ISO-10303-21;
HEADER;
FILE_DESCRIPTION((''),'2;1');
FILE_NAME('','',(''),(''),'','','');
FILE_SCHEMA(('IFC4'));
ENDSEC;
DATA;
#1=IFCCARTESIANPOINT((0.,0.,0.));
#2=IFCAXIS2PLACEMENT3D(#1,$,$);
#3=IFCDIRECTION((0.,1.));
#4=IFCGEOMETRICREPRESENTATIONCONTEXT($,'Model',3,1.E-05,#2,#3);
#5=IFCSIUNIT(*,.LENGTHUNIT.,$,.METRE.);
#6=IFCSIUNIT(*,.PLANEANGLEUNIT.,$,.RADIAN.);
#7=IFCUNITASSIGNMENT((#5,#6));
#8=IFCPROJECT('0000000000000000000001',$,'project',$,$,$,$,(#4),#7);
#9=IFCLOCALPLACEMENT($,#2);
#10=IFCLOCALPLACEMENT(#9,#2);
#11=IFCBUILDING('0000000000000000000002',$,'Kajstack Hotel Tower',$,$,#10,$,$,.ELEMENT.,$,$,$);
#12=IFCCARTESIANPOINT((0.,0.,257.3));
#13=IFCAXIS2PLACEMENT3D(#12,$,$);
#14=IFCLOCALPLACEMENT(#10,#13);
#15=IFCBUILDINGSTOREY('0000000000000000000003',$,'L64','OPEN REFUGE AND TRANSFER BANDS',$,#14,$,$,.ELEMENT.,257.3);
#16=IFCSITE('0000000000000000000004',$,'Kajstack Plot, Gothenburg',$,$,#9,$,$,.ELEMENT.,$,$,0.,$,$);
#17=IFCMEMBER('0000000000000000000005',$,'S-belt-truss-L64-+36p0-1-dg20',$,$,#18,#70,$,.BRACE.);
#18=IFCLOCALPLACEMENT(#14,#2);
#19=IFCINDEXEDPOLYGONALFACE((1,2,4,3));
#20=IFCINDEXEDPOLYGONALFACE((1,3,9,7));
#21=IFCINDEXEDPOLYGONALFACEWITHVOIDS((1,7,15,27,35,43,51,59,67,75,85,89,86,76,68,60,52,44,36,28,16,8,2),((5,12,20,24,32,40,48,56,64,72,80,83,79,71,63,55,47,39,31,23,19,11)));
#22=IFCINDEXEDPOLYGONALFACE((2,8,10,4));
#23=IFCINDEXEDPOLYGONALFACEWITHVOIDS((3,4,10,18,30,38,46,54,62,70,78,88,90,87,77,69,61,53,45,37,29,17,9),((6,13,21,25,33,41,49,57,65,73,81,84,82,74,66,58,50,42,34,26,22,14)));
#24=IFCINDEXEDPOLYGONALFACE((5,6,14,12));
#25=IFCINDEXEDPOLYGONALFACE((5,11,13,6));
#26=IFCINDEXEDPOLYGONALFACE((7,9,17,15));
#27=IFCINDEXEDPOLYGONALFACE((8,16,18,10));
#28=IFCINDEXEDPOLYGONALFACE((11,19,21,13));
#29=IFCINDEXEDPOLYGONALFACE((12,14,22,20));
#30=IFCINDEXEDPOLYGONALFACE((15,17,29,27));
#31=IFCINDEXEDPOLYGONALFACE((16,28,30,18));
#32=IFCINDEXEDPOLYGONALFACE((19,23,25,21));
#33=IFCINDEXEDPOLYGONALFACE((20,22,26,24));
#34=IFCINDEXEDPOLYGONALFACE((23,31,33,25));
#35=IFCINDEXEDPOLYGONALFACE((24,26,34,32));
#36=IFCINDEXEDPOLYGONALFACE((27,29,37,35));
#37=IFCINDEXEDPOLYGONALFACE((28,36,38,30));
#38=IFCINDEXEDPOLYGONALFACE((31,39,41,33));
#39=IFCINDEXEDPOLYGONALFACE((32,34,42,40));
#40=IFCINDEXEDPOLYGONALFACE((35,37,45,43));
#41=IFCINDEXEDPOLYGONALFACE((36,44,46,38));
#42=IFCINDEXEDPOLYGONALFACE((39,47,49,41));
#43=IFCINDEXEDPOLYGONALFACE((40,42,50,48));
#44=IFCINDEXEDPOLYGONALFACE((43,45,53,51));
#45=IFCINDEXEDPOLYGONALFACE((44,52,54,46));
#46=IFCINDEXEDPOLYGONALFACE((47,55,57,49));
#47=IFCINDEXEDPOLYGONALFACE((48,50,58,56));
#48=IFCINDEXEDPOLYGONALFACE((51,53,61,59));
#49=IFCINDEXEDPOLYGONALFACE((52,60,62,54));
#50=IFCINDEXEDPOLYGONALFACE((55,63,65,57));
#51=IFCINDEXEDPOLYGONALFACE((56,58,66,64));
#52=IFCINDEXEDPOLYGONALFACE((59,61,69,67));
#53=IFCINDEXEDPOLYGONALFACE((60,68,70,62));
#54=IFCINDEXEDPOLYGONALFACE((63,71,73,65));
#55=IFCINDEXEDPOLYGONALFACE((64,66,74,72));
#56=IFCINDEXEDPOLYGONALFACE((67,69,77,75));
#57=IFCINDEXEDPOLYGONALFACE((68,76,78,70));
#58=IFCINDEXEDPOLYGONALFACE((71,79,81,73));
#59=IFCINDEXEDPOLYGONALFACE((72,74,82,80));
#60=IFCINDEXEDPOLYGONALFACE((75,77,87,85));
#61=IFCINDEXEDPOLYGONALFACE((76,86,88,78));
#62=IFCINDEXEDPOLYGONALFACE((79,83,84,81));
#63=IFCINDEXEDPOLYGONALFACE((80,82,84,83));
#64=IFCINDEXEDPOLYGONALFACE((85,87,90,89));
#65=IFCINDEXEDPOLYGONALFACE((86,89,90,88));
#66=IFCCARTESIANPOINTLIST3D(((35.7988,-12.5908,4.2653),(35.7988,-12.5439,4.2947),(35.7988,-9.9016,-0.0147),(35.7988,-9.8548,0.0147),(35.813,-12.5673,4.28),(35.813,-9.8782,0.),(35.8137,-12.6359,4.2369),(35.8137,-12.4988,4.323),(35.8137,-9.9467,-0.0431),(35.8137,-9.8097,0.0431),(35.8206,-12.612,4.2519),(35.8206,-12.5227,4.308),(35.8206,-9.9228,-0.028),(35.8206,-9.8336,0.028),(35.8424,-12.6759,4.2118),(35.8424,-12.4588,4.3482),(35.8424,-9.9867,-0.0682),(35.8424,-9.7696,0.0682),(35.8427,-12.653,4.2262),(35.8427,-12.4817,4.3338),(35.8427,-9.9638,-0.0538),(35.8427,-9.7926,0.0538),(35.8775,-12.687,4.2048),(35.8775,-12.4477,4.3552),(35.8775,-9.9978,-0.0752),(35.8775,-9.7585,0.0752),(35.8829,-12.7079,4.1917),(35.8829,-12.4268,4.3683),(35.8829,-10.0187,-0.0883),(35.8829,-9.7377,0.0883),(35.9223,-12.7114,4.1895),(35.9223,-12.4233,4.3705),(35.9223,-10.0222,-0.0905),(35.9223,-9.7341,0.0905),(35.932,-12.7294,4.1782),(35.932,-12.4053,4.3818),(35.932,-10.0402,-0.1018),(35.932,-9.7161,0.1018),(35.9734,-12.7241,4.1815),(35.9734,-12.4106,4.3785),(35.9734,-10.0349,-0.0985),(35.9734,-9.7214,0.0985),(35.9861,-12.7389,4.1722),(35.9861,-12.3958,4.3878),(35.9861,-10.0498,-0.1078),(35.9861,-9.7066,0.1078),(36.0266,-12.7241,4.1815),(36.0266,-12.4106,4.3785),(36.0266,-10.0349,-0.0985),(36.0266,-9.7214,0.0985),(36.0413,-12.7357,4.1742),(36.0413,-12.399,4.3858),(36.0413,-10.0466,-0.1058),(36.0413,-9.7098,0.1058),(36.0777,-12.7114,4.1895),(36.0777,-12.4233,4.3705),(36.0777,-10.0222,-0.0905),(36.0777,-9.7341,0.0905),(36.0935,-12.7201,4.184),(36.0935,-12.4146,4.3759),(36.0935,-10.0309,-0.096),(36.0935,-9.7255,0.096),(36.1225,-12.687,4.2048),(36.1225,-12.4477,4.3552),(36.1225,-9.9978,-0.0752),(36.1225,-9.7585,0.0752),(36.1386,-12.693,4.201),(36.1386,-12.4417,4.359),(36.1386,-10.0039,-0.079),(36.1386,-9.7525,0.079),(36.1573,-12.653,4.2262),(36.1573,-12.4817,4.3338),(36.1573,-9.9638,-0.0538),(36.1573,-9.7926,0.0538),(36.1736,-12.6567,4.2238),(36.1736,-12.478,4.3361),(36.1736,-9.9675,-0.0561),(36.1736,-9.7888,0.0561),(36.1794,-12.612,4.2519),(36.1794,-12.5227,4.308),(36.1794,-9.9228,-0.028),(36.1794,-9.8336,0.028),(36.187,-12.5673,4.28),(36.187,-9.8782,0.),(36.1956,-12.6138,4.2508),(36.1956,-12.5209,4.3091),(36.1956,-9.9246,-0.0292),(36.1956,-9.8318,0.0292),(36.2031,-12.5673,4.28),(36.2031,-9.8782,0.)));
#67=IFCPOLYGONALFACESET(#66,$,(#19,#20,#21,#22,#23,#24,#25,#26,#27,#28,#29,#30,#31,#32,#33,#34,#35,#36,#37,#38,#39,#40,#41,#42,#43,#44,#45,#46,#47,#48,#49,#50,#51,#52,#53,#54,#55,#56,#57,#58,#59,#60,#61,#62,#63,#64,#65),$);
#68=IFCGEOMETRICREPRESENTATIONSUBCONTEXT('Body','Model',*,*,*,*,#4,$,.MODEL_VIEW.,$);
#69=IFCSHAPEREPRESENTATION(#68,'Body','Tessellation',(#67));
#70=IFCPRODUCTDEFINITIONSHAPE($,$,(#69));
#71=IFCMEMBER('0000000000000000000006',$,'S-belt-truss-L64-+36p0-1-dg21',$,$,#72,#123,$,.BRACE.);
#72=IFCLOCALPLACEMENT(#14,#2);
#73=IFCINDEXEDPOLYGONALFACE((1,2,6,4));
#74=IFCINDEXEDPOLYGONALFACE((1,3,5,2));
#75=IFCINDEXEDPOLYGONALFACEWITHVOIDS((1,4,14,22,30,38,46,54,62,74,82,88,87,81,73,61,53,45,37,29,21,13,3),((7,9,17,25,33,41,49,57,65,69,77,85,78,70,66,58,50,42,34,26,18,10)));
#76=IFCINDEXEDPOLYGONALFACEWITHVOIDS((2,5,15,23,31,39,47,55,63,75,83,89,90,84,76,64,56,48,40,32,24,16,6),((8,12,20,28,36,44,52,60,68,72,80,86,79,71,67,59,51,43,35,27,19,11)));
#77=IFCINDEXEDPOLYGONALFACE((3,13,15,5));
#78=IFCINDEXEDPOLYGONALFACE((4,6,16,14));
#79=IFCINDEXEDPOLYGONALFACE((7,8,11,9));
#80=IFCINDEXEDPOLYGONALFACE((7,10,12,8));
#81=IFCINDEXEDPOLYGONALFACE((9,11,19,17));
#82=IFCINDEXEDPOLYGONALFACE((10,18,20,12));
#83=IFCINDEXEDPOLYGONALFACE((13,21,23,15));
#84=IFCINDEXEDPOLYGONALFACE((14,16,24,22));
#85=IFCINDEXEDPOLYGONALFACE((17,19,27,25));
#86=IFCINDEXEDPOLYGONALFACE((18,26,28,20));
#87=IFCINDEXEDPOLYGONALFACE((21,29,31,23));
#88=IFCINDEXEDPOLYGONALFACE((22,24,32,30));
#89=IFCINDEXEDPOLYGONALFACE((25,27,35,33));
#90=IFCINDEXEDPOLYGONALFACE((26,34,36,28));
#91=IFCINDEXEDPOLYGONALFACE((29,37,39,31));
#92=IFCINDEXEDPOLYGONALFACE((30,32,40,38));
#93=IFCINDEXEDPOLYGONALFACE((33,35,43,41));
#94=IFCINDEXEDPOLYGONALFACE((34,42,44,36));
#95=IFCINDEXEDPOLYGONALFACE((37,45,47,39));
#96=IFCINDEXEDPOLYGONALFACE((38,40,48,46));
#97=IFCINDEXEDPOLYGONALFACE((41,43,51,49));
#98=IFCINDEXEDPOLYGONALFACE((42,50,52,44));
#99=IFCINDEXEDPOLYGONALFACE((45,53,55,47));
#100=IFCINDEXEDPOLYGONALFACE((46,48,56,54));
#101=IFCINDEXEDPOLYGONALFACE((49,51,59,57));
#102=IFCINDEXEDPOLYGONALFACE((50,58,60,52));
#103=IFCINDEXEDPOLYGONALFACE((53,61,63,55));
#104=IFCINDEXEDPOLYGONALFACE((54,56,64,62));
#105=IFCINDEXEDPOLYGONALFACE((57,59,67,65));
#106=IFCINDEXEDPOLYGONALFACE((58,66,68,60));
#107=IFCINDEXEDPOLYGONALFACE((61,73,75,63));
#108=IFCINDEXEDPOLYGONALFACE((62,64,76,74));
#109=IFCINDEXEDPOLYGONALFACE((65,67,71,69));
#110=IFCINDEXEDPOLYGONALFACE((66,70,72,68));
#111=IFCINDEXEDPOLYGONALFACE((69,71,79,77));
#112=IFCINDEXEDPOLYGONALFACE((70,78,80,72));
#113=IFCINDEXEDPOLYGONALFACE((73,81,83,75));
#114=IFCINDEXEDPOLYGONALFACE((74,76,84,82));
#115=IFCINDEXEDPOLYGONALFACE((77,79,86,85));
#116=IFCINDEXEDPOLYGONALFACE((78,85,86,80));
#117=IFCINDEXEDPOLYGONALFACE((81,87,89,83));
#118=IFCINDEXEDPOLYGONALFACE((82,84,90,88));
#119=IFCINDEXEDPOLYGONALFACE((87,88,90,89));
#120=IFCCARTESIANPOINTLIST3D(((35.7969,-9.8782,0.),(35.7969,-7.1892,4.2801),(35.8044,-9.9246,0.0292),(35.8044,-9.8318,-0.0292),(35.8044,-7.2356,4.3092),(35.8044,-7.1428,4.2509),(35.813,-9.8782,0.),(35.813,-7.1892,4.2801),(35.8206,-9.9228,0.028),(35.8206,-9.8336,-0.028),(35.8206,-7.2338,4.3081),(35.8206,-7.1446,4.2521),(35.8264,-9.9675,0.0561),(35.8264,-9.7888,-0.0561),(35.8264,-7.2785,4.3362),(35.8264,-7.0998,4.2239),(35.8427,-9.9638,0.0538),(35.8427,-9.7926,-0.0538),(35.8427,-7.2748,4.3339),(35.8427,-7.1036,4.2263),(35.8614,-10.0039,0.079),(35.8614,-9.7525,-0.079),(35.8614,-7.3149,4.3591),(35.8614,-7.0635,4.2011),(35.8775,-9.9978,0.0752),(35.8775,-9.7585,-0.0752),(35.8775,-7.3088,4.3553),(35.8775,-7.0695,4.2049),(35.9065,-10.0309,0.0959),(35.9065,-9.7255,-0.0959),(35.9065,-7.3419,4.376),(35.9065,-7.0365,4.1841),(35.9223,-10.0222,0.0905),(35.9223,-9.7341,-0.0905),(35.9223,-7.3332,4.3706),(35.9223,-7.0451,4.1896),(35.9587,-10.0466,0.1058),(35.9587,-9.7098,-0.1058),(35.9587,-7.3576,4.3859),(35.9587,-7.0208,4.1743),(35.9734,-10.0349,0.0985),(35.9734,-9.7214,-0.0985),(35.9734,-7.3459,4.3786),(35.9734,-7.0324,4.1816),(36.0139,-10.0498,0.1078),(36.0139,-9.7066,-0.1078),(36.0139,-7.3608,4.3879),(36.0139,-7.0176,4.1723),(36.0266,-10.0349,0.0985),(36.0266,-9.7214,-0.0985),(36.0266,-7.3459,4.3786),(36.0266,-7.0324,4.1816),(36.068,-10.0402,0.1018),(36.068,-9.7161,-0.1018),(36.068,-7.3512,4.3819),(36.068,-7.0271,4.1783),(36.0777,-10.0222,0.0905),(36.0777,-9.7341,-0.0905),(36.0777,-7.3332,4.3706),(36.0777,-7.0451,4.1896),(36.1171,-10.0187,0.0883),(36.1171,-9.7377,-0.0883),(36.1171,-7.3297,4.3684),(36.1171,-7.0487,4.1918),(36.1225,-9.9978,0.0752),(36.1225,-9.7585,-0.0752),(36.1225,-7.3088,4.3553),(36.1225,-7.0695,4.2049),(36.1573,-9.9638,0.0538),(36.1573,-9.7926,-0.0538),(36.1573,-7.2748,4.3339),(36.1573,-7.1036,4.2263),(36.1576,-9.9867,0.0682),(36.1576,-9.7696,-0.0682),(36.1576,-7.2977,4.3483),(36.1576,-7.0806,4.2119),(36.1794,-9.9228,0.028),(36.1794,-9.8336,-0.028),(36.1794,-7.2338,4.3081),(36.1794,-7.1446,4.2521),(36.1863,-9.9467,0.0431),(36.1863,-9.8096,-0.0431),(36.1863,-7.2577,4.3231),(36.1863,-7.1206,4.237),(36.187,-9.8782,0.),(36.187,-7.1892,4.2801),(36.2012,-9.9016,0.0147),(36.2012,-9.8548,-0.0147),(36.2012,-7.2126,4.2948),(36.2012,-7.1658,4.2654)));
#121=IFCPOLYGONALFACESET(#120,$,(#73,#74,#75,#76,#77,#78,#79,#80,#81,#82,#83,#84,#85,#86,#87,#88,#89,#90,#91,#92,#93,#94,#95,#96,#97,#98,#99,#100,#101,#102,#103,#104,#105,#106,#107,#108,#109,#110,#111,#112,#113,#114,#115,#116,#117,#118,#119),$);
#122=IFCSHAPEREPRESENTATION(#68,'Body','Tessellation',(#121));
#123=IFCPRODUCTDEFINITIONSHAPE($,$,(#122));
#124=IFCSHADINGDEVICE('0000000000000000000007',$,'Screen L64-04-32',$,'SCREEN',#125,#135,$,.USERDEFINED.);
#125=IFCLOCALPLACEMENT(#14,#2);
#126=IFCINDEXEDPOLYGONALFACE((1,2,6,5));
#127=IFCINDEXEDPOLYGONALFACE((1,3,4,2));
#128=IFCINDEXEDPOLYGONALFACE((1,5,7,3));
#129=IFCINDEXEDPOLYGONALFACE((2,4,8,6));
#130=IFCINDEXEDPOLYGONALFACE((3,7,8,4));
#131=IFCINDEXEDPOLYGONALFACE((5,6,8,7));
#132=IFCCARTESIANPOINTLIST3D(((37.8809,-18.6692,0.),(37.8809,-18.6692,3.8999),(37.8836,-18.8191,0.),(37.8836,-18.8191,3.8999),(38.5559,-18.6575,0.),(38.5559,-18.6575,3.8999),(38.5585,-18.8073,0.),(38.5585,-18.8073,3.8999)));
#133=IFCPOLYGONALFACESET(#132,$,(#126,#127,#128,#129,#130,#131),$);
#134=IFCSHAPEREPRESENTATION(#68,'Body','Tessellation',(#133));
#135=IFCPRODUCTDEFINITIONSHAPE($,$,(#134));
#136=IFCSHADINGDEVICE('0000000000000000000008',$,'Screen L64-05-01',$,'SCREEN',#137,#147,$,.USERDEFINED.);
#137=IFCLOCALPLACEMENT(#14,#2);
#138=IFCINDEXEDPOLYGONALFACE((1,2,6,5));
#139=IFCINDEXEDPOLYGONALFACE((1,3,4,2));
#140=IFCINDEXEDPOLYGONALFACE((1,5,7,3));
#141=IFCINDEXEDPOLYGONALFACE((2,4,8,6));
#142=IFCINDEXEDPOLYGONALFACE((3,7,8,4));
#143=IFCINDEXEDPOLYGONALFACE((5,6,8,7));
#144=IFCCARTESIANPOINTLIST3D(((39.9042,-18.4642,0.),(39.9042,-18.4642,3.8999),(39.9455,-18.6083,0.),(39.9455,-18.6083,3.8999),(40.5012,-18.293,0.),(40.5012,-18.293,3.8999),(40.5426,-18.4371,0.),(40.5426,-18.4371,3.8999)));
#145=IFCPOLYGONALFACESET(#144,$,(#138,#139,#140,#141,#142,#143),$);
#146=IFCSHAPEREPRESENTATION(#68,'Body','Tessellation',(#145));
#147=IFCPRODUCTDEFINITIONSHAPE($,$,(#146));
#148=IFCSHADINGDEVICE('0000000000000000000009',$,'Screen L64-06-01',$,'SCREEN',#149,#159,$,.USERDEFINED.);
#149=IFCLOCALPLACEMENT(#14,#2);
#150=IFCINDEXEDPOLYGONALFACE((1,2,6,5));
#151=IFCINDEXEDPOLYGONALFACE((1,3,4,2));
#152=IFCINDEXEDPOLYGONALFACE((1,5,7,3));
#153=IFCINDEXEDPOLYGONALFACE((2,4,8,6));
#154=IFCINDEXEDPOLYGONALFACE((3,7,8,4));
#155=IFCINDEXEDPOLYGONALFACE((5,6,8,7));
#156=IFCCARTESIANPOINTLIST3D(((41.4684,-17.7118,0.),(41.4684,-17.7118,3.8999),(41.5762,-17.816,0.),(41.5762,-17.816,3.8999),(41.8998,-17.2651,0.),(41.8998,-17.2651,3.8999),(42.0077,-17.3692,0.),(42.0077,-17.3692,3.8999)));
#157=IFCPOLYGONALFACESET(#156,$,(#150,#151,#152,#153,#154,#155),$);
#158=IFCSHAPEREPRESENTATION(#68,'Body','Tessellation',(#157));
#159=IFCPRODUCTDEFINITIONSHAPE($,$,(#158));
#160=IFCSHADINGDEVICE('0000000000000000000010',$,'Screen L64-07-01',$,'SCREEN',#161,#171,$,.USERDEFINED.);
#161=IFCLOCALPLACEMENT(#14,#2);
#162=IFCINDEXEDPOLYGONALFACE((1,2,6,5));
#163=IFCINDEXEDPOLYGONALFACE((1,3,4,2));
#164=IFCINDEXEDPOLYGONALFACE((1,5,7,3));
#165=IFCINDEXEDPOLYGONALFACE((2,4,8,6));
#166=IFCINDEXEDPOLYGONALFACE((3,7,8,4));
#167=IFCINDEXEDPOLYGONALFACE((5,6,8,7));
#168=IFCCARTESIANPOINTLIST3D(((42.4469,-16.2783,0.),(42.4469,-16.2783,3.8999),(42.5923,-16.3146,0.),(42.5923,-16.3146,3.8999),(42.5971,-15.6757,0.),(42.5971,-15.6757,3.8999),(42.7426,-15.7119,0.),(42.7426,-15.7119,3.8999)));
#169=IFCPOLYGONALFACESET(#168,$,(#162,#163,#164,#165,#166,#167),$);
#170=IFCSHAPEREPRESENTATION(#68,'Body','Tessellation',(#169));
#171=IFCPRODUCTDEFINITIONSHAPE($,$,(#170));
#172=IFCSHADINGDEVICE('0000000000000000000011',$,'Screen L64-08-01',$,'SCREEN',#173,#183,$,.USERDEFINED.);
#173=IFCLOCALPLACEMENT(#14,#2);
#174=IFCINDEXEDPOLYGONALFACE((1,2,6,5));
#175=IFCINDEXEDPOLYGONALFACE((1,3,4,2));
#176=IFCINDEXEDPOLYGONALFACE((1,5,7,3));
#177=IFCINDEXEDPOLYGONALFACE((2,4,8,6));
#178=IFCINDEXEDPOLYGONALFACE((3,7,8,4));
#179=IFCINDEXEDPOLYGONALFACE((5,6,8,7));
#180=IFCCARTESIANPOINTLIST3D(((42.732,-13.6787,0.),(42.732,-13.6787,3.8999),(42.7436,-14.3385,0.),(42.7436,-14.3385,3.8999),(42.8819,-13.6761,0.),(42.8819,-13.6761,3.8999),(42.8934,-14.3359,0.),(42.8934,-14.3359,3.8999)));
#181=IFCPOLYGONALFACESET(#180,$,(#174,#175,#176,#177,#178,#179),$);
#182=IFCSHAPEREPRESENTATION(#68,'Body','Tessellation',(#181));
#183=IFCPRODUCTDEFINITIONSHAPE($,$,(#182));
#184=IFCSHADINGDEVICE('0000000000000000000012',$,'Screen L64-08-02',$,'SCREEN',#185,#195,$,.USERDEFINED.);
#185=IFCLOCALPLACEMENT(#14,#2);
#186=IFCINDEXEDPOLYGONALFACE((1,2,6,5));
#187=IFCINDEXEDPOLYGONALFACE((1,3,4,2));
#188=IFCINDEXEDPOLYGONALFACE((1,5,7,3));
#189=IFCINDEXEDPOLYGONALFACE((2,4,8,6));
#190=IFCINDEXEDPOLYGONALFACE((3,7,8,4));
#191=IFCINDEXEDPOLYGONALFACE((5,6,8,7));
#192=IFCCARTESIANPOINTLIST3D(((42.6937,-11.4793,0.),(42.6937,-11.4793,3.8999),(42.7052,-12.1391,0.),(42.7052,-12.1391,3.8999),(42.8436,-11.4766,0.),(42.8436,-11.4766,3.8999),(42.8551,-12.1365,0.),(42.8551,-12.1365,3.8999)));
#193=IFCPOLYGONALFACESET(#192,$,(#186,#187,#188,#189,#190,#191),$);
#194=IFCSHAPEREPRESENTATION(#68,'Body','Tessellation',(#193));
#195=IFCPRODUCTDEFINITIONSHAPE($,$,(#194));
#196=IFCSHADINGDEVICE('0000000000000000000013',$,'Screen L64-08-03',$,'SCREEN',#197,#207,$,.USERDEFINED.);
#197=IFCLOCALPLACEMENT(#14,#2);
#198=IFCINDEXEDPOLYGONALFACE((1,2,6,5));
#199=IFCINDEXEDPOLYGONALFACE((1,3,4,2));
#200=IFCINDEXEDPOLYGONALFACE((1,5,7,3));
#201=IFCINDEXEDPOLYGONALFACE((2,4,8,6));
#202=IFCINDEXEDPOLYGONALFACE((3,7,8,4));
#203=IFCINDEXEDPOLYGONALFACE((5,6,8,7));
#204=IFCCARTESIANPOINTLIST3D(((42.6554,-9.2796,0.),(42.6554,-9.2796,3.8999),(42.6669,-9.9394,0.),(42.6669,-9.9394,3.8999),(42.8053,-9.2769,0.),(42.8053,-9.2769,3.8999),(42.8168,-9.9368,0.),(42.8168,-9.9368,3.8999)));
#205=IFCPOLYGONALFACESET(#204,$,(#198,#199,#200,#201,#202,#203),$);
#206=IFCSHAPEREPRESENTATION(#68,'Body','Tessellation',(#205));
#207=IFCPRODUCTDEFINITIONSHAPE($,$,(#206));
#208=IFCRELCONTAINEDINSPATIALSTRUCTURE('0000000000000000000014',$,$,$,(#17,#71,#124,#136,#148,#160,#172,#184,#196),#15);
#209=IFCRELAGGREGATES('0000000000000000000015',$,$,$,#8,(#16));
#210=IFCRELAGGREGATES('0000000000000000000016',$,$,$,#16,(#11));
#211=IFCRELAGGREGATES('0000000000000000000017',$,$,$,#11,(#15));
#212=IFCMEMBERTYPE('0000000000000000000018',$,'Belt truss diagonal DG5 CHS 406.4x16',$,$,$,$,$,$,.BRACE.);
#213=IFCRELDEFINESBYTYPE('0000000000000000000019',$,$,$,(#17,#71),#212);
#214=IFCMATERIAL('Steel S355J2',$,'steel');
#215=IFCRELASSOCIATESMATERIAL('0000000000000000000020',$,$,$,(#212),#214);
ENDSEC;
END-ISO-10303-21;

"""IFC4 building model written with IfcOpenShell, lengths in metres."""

from ifc_helpers import new_model, si_unit, direction, frame, origin, origin_2d, place, context, subcontext, project, spatial, rectangle, hollow_circle, extrude, material, material_profile, profile_set, type_object, element, save


model = new_model("IFC4")

# Units and contexts
model_context = context("Model", 3, precision=1e-05, world=origin(), true_north=direction((0.0, 1.0)))
body_context = subcontext(model_context, "Body", "Model", "MODEL_VIEW")
ifc_project = project(units=[si_unit("LENGTHUNIT", "METRE"), si_unit("PLANEANGLEUNIT", "RADIAN")], contexts=[model_context])

# Site, building, storey
site_placement = place(None, origin())
site = spatial("IfcSite", under=ifc_project, at=site_placement, Name="Kajstack Plot, Gothenburg", CompositionType="ELEMENT", RefElevation=0.0)
building_placement = place(site_placement, origin())
building = spatial("IfcBuilding", under=site, at=building_placement, Name="Kajstack Hotel Tower", CompositionType="ELEMENT")
storey_placement = place(building_placement, frame((0.0, 0.0, 257.3)))
storey = spatial("IfcBuildingStorey", under=building, at=storey_placement, Name="L64", Description="OPEN REFUGE AND TRANSFER BANDS", CompositionType="ELEMENT", Elevation=257.3)

# Members
ifc_material = material(Name="Steel S355J2", Category="steel")
ifc_material_profile = material_profile(ifc_material, hollow_circle(Radius=0.2031, WallThickness=0.0161, at=origin_2d()), Name="CHS 406.4x16")
ifc_profile_set = profile_set([ifc_material_profile], Name="Steel S355J2")
member_type = type_object("IfcMemberType", Name="Belt truss diagonal DG5 CHS 406.4x16", PredefinedType="BRACE", material=ifc_profile_set)
for number, where, z_axis, x_axis, name in (
    (1, (36.0, -9.8782, 0.0), (0.0, -0.532016, 0.846734), (1.0, 0.0, 0.0), "S-belt-truss-L64-+36p0-1-dg20"),
    (2, (36.0, -9.8782, 0.0), (0.0, 0.531982, 0.846756), (-1.0, 0.0, 0.0), "S-belt-truss-L64-+36p0-1-dg21"),
):
    element("IfcMember", number, at=place(storey_placement, frame(where, z_axis=z_axis, x_axis=x_axis)), inside=storey, type_object=member_type, Name=name, PredefinedType="BRACE", context=body_context, shape_type="SweptSolid", body=[
        extrude(hollow_circle(Radius=0.2031, WallThickness=0.0161, at=origin_2d()), origin(), (0.0, 0.0, 1.0), 5.0547),
    ])

# Shading devices
shading_device_placement = place(storey_placement, frame((38.2197, -18.7383, 0.0), z_axis=(0.0, 0.0, 1.0), x_axis=(0.999848, 0.017453, 0.0)))
element("IfcShadingDevice", 3, at=shading_device_placement, inside=storey, Name="Screen L64-04-32", ObjectType="SCREEN", PredefinedType="USERDEFINED", context=body_context, shape_type="SweptSolid", body=[
    extrude(rectangle(XDim=0.675, YDim=0.1499, at=origin_2d()), origin(), (0.0, 0.0, 1.0), 3.8999),
])
for number, where, z_axis, x_axis, name in (
    (4, (40.2234, -18.4507, 0.0), (0.0, 0.0, 1.0), (0.961263, 0.275633, 0.0), "Screen L64-05-01"),
    (5, (41.738, -17.5405, 0.0), (0.0, 0.0, 1.0), (0.69466, 0.719338, 0.0), "Screen L64-06-01"),
    (6, (42.5947, -15.9951, 0.0), (0.0, 0.0, 1.0), (0.241922, 0.970296, 0.0), "Screen L64-07-01"),
):
    element("IfcShadingDevice", number, at=place(storey_placement, frame(where, z_axis=z_axis, x_axis=x_axis)), inside=storey, Name=name, ObjectType="SCREEN", PredefinedType="USERDEFINED", context=body_context, shape_type="SweptSolid", body=[
        extrude(rectangle(XDim=0.6211, YDim=0.1499, at=origin_2d()), origin(), (0.0, 0.0, 1.0), 3.8999),
    ])
for number, where, z_axis, x_axis, name in (
    (7, (42.8127, -14.0073, 0.0), (0.0, 0.0, 1.0), (-0.017455, 0.999848, 0.0), "Screen L64-08-01"),
    (8, (42.7744, -11.8079, 0.0), (0.0, 0.0, 1.0), (-0.017455, 0.999848, 0.0), "Screen L64-08-02"),
    (9, (42.7361, -9.6082, 0.0), (0.0, 0.0, 1.0), (-0.017455, 0.999848, 0.0), "Screen L64-08-03"),
):
    element("IfcShadingDevice", number, at=place(storey_placement, frame(where, z_axis=z_axis, x_axis=x_axis)), inside=storey, Name=name, ObjectType="SCREEN", PredefinedType="USERDEFINED", context=body_context, shape_type="SweptSolid", body=[
        extrude(rectangle(XDim=0.6599, YDim=0.1499, at=origin_2d()), origin(), (0.0, 0.0, 1.0), 3.8999),
    ])

save(model, "model.ifc")
